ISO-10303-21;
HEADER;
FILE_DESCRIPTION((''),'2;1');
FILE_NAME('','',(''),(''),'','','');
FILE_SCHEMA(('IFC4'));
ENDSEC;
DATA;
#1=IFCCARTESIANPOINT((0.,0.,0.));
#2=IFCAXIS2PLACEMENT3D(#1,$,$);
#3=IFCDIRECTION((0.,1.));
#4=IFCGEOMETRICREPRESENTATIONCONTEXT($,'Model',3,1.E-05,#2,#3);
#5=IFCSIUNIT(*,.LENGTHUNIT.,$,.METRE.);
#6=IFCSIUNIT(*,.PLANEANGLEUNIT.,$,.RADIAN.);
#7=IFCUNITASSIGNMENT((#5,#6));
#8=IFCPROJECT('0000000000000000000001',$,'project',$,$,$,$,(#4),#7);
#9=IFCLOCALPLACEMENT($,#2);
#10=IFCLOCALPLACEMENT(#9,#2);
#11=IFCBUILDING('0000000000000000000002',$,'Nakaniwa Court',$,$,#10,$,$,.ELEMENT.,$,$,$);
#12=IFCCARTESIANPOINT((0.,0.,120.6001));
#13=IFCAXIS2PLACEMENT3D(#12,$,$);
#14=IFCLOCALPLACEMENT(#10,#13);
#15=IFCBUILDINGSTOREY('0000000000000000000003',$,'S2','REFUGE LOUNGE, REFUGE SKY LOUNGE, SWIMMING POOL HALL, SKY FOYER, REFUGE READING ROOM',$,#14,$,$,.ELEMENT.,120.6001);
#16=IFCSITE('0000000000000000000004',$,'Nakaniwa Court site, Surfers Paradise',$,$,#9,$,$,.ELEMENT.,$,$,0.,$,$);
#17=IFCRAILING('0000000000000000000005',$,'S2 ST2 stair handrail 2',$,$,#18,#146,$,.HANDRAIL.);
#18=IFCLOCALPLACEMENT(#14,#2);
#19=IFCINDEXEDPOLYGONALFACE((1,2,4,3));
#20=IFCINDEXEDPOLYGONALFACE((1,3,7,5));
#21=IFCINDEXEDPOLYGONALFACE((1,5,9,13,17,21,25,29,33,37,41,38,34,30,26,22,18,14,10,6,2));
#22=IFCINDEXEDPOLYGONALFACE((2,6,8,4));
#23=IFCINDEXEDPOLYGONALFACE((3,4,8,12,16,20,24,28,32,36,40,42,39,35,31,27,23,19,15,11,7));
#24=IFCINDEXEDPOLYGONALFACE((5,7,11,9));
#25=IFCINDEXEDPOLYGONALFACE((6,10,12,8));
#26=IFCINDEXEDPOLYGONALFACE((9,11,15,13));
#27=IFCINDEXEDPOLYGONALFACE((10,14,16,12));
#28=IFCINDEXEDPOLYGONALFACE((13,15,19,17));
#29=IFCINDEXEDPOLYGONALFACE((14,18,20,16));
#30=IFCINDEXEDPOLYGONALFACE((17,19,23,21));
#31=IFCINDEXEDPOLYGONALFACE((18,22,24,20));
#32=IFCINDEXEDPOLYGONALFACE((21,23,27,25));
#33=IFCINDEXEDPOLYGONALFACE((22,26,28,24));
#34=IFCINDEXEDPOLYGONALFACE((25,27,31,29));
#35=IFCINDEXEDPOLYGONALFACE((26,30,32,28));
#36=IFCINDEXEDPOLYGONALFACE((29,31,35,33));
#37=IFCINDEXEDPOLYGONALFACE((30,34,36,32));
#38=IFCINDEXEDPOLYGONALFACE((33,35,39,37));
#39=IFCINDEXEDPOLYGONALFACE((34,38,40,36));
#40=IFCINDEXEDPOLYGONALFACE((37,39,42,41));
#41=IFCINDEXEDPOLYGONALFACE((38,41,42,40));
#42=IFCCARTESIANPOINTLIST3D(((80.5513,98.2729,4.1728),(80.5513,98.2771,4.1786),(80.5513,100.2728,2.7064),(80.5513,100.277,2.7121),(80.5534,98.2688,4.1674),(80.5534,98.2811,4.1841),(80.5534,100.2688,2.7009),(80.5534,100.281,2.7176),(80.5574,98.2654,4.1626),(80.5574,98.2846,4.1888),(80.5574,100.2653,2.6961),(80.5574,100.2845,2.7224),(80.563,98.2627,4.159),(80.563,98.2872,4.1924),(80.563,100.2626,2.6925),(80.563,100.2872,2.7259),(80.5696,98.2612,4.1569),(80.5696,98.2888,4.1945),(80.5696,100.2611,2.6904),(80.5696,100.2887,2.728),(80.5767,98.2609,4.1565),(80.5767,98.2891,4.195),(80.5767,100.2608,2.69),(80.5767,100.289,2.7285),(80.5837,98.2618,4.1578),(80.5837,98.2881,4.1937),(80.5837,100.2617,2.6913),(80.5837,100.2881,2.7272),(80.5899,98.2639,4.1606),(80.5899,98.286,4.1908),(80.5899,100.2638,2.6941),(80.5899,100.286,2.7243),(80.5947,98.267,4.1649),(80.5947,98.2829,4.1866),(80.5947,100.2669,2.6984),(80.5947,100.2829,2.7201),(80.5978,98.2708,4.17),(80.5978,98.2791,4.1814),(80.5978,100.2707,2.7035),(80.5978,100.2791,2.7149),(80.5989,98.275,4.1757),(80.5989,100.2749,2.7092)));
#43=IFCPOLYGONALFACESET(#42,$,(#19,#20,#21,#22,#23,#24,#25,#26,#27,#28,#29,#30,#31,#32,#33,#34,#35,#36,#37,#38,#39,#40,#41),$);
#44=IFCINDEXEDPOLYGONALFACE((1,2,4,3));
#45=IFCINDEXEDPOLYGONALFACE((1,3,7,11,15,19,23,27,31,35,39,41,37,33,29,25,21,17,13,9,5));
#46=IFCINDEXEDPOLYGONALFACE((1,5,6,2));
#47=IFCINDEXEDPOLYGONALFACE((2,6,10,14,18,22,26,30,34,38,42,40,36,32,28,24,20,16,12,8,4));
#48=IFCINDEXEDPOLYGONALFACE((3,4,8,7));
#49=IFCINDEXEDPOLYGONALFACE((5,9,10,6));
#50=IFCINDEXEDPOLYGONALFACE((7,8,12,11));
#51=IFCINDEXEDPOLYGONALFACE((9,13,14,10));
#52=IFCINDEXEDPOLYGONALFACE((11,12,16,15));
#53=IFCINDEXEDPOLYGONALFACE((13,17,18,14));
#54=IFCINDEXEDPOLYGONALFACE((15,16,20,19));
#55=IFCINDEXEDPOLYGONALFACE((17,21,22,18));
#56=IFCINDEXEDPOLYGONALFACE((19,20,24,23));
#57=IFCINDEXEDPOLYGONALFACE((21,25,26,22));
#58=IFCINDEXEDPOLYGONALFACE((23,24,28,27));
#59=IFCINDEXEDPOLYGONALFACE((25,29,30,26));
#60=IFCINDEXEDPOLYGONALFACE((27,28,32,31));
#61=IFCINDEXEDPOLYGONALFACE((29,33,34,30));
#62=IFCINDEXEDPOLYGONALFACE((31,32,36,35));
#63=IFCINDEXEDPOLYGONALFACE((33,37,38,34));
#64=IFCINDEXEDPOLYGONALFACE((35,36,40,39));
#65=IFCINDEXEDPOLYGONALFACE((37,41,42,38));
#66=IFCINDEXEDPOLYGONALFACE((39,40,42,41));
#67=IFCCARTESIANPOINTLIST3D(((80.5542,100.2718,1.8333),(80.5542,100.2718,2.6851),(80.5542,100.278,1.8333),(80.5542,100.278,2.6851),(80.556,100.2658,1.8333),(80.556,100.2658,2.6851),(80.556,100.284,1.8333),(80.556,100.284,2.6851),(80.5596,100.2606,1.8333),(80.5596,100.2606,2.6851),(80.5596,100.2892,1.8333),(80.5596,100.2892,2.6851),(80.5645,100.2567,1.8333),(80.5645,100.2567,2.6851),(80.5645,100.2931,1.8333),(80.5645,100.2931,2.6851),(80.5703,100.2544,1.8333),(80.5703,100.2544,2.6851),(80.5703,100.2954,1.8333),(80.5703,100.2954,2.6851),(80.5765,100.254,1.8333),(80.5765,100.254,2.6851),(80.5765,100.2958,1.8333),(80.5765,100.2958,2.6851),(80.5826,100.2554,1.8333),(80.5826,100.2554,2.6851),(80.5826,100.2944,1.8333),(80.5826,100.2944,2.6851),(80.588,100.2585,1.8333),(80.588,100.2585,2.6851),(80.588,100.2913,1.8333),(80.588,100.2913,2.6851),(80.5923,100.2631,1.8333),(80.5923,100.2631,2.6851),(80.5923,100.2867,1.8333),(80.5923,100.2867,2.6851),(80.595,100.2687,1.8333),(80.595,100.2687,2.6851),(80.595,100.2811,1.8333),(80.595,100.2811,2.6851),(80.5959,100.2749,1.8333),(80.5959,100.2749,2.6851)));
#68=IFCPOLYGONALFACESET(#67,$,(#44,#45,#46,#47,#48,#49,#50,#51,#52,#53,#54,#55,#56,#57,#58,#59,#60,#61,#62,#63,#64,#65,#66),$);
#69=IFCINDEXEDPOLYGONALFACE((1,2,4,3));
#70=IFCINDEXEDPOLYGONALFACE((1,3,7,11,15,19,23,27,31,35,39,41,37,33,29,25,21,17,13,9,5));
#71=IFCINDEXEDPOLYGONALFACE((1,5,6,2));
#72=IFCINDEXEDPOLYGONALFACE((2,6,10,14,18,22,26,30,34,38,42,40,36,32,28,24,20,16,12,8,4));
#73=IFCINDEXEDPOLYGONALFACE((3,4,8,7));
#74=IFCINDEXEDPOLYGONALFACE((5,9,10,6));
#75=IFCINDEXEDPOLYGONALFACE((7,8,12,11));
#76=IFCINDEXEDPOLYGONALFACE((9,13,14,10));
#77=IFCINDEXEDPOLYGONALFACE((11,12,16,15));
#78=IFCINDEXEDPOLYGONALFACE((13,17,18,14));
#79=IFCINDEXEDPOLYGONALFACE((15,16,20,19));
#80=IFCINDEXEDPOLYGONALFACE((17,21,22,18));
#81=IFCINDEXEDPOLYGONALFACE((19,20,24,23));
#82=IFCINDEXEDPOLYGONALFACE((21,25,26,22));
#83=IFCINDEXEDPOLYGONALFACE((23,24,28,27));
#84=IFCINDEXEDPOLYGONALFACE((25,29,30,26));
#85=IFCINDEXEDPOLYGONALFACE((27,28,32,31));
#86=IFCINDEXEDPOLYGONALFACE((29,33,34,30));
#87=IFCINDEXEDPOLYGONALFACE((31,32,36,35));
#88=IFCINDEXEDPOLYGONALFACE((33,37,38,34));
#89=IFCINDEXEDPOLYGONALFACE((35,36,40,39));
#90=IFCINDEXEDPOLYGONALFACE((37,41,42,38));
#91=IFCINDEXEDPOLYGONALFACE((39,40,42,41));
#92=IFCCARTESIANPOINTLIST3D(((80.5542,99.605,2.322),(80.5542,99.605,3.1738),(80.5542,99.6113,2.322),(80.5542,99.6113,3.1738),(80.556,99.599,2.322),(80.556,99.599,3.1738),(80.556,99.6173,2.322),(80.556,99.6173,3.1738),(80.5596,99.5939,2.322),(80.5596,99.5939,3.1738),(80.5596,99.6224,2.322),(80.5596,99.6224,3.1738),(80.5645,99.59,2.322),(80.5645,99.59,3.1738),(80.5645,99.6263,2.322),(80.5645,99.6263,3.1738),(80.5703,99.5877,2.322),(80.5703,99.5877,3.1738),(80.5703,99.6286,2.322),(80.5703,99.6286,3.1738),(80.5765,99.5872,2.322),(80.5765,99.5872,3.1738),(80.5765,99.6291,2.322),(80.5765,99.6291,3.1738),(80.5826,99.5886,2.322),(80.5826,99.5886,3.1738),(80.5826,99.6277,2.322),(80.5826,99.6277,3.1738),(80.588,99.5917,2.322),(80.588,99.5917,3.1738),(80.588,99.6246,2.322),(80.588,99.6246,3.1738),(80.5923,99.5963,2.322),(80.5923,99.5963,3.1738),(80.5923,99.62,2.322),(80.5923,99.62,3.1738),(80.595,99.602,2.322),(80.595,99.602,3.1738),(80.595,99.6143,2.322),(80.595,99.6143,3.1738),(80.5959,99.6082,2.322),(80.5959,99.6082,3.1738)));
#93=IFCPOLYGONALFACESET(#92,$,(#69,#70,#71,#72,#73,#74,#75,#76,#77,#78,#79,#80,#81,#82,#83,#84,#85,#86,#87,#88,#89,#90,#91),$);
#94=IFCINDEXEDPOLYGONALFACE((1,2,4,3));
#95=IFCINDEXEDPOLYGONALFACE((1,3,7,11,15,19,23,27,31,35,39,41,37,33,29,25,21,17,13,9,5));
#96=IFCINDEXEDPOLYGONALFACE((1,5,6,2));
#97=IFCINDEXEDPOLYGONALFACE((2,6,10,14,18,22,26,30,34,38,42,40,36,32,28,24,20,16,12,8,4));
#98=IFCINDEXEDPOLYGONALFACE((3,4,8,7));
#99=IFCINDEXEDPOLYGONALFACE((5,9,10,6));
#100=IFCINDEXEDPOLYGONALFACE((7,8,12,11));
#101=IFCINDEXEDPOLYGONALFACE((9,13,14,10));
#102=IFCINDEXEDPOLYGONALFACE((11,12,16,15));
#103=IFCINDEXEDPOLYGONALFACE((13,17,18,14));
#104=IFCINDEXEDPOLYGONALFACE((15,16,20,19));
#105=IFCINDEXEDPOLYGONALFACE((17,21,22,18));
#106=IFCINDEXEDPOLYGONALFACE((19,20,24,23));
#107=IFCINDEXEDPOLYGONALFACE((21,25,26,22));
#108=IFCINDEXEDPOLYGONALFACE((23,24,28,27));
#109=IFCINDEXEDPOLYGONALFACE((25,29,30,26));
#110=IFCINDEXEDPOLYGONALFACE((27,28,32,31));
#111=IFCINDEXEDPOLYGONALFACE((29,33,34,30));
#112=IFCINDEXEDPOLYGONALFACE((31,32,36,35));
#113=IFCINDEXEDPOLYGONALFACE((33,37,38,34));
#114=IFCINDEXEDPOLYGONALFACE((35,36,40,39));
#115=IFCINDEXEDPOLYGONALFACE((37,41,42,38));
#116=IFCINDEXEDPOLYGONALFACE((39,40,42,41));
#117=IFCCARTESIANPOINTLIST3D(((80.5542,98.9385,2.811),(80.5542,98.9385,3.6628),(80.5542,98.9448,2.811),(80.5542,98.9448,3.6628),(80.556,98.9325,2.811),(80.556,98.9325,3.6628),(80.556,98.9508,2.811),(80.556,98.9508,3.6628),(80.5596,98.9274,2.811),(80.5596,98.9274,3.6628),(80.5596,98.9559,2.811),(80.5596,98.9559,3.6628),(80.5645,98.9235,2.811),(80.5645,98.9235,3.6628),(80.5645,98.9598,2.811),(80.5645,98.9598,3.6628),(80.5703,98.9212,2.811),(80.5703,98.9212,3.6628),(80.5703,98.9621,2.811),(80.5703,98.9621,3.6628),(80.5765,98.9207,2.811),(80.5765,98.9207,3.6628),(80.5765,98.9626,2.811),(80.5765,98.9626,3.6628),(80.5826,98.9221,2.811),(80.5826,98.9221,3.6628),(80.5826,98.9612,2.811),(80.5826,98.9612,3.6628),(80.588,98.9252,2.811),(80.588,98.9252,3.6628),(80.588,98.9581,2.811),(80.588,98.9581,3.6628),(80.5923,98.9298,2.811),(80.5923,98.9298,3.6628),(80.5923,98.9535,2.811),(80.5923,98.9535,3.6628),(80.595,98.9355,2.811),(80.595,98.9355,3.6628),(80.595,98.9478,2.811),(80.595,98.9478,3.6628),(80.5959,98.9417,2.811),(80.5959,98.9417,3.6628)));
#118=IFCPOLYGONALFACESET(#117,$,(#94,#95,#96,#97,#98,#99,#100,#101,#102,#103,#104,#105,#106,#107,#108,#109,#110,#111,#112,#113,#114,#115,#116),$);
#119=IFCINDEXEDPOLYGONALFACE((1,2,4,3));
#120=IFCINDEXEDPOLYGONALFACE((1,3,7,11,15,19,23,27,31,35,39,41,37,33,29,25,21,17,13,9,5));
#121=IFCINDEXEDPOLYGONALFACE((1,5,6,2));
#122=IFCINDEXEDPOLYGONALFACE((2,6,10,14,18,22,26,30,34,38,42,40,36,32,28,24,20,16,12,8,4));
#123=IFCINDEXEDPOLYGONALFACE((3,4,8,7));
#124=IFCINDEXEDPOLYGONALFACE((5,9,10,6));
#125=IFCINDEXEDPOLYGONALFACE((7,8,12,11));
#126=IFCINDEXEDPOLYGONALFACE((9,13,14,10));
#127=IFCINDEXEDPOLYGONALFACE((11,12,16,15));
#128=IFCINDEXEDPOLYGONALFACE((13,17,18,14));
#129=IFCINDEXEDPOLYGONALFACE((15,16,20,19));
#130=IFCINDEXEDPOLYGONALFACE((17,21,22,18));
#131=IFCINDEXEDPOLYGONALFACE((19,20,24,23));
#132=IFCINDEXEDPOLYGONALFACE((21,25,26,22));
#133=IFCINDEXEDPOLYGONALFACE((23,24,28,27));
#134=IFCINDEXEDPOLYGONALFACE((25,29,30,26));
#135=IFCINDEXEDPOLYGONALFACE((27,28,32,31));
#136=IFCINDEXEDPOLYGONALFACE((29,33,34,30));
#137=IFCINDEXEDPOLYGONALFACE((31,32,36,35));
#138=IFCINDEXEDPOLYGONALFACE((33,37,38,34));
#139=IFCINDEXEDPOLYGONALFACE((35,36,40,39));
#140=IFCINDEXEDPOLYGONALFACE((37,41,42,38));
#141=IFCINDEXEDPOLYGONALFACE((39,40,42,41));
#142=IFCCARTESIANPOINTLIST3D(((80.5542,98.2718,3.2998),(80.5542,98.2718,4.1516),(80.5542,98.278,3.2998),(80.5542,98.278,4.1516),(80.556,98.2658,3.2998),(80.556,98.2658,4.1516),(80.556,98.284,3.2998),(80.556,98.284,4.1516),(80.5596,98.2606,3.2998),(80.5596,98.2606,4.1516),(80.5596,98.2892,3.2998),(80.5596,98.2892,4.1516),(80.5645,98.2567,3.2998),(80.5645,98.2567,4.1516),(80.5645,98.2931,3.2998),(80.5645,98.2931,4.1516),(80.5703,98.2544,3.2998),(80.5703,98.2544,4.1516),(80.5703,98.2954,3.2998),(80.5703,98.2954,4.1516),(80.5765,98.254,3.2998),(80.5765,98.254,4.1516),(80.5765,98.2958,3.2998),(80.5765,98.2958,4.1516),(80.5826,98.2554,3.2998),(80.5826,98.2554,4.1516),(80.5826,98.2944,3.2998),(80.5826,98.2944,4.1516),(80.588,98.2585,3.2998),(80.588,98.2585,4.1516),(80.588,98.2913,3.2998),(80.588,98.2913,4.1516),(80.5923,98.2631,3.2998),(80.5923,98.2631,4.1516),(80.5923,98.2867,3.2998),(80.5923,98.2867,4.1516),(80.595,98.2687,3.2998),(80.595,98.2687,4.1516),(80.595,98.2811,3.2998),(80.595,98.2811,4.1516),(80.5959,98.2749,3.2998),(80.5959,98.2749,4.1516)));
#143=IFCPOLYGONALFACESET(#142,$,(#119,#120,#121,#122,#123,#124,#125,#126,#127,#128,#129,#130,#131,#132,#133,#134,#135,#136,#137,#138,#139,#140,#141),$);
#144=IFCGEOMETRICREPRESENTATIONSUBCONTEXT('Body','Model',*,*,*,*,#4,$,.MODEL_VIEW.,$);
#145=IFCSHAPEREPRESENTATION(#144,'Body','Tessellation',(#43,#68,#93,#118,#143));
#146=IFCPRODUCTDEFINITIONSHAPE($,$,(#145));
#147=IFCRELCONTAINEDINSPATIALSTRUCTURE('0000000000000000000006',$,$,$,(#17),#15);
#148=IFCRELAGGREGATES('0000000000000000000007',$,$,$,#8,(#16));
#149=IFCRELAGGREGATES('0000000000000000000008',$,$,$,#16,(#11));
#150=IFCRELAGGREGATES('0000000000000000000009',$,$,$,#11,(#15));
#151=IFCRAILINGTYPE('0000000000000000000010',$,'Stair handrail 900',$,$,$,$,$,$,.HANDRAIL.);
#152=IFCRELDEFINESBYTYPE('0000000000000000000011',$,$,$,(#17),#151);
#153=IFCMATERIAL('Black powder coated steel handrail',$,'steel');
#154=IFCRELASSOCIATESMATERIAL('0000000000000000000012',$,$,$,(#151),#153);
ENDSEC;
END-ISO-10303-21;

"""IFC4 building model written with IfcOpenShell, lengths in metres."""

from ifc_helpers import new_model, si_unit, direction, frame, origin, origin_2d, place, context, subcontext, project, spatial, circle, extrude, material, type_object, element, save


model = new_model("IFC4")

# Units and contexts
model_context = context("Model", 3, precision=1e-05, world=origin(), true_north=direction((0.0, 1.0)))
body_context = subcontext(model_context, "Body", "Model", "MODEL_VIEW")
ifc_project = project(units=[si_unit("LENGTHUNIT", "METRE"), si_unit("PLANEANGLEUNIT", "RADIAN")], contexts=[model_context])

# Site, building, storey
site_placement = place(None, origin())
site = spatial("IfcSite", under=ifc_project, at=site_placement, Name="Nakaniwa Court site, Surfers Paradise", CompositionType="ELEMENT", RefElevation=0.0)
building_placement = place(site_placement, origin())
building = spatial("IfcBuilding", under=site, at=building_placement, Name="Nakaniwa Court", CompositionType="ELEMENT")
storey_placement = place(building_placement, frame((0.0, 0.0, 120.6001)))
storey = spatial("IfcBuildingStorey", under=building, at=storey_placement, Name="S2", Description="REFUGE LOUNGE, REFUGE SKY LOUNGE, SWIMMING POOL HALL, SKY FOYER, REFUGE READING ROOM", CompositionType="ELEMENT", Elevation=120.6001)

# Railing
ifc_material_1 = material(Name="Black powder coated steel handrail", Category="steel")
railing_type_1 = type_object("IfcRailingType", Name="Stair handrail 900", PredefinedType="HANDRAIL", material=ifc_material_1)
railing_1_placement = place(storey_placement, frame((80.575, 100.2749, 1.8333)))
element("IfcRailing", 1, at=railing_1_placement, inside=storey, type_object=railing_type_1, Name="S2 ST2 stair handrail 2", PredefinedType="HANDRAIL", context=body_context, shape_type="SweptSolid", body=[
    extrude(circle(Radius=0.0239, at=origin_2d()), frame((0.0, 0.0, 0.876), z_axis=(0.0, -0.806427, 0.591334), x_axis=(1.0, 0.0, 0.0)), (0.0, 0.0, 1.0), 2.48),
    extrude(circle(Radius=0.021, at=origin_2d()), origin(), (0.0, 0.0, 1.0), 0.8518),
    extrude(circle(Radius=0.021, at=origin_2d()), frame((0.0, -0.6667, 0.4888)), (0.0, 0.0, 1.0), 0.8518),
    extrude(circle(Radius=0.021, at=origin_2d()), frame((0.0, -1.3333, 0.9778)), (0.0, 0.0, 1.0), 0.8518),
    extrude(circle(Radius=0.021, at=origin_2d()), frame((0.0, -2.0, 1.4666)), (0.0, 0.0, 1.0), 0.8518),
])

save(model, "model.ifc")
